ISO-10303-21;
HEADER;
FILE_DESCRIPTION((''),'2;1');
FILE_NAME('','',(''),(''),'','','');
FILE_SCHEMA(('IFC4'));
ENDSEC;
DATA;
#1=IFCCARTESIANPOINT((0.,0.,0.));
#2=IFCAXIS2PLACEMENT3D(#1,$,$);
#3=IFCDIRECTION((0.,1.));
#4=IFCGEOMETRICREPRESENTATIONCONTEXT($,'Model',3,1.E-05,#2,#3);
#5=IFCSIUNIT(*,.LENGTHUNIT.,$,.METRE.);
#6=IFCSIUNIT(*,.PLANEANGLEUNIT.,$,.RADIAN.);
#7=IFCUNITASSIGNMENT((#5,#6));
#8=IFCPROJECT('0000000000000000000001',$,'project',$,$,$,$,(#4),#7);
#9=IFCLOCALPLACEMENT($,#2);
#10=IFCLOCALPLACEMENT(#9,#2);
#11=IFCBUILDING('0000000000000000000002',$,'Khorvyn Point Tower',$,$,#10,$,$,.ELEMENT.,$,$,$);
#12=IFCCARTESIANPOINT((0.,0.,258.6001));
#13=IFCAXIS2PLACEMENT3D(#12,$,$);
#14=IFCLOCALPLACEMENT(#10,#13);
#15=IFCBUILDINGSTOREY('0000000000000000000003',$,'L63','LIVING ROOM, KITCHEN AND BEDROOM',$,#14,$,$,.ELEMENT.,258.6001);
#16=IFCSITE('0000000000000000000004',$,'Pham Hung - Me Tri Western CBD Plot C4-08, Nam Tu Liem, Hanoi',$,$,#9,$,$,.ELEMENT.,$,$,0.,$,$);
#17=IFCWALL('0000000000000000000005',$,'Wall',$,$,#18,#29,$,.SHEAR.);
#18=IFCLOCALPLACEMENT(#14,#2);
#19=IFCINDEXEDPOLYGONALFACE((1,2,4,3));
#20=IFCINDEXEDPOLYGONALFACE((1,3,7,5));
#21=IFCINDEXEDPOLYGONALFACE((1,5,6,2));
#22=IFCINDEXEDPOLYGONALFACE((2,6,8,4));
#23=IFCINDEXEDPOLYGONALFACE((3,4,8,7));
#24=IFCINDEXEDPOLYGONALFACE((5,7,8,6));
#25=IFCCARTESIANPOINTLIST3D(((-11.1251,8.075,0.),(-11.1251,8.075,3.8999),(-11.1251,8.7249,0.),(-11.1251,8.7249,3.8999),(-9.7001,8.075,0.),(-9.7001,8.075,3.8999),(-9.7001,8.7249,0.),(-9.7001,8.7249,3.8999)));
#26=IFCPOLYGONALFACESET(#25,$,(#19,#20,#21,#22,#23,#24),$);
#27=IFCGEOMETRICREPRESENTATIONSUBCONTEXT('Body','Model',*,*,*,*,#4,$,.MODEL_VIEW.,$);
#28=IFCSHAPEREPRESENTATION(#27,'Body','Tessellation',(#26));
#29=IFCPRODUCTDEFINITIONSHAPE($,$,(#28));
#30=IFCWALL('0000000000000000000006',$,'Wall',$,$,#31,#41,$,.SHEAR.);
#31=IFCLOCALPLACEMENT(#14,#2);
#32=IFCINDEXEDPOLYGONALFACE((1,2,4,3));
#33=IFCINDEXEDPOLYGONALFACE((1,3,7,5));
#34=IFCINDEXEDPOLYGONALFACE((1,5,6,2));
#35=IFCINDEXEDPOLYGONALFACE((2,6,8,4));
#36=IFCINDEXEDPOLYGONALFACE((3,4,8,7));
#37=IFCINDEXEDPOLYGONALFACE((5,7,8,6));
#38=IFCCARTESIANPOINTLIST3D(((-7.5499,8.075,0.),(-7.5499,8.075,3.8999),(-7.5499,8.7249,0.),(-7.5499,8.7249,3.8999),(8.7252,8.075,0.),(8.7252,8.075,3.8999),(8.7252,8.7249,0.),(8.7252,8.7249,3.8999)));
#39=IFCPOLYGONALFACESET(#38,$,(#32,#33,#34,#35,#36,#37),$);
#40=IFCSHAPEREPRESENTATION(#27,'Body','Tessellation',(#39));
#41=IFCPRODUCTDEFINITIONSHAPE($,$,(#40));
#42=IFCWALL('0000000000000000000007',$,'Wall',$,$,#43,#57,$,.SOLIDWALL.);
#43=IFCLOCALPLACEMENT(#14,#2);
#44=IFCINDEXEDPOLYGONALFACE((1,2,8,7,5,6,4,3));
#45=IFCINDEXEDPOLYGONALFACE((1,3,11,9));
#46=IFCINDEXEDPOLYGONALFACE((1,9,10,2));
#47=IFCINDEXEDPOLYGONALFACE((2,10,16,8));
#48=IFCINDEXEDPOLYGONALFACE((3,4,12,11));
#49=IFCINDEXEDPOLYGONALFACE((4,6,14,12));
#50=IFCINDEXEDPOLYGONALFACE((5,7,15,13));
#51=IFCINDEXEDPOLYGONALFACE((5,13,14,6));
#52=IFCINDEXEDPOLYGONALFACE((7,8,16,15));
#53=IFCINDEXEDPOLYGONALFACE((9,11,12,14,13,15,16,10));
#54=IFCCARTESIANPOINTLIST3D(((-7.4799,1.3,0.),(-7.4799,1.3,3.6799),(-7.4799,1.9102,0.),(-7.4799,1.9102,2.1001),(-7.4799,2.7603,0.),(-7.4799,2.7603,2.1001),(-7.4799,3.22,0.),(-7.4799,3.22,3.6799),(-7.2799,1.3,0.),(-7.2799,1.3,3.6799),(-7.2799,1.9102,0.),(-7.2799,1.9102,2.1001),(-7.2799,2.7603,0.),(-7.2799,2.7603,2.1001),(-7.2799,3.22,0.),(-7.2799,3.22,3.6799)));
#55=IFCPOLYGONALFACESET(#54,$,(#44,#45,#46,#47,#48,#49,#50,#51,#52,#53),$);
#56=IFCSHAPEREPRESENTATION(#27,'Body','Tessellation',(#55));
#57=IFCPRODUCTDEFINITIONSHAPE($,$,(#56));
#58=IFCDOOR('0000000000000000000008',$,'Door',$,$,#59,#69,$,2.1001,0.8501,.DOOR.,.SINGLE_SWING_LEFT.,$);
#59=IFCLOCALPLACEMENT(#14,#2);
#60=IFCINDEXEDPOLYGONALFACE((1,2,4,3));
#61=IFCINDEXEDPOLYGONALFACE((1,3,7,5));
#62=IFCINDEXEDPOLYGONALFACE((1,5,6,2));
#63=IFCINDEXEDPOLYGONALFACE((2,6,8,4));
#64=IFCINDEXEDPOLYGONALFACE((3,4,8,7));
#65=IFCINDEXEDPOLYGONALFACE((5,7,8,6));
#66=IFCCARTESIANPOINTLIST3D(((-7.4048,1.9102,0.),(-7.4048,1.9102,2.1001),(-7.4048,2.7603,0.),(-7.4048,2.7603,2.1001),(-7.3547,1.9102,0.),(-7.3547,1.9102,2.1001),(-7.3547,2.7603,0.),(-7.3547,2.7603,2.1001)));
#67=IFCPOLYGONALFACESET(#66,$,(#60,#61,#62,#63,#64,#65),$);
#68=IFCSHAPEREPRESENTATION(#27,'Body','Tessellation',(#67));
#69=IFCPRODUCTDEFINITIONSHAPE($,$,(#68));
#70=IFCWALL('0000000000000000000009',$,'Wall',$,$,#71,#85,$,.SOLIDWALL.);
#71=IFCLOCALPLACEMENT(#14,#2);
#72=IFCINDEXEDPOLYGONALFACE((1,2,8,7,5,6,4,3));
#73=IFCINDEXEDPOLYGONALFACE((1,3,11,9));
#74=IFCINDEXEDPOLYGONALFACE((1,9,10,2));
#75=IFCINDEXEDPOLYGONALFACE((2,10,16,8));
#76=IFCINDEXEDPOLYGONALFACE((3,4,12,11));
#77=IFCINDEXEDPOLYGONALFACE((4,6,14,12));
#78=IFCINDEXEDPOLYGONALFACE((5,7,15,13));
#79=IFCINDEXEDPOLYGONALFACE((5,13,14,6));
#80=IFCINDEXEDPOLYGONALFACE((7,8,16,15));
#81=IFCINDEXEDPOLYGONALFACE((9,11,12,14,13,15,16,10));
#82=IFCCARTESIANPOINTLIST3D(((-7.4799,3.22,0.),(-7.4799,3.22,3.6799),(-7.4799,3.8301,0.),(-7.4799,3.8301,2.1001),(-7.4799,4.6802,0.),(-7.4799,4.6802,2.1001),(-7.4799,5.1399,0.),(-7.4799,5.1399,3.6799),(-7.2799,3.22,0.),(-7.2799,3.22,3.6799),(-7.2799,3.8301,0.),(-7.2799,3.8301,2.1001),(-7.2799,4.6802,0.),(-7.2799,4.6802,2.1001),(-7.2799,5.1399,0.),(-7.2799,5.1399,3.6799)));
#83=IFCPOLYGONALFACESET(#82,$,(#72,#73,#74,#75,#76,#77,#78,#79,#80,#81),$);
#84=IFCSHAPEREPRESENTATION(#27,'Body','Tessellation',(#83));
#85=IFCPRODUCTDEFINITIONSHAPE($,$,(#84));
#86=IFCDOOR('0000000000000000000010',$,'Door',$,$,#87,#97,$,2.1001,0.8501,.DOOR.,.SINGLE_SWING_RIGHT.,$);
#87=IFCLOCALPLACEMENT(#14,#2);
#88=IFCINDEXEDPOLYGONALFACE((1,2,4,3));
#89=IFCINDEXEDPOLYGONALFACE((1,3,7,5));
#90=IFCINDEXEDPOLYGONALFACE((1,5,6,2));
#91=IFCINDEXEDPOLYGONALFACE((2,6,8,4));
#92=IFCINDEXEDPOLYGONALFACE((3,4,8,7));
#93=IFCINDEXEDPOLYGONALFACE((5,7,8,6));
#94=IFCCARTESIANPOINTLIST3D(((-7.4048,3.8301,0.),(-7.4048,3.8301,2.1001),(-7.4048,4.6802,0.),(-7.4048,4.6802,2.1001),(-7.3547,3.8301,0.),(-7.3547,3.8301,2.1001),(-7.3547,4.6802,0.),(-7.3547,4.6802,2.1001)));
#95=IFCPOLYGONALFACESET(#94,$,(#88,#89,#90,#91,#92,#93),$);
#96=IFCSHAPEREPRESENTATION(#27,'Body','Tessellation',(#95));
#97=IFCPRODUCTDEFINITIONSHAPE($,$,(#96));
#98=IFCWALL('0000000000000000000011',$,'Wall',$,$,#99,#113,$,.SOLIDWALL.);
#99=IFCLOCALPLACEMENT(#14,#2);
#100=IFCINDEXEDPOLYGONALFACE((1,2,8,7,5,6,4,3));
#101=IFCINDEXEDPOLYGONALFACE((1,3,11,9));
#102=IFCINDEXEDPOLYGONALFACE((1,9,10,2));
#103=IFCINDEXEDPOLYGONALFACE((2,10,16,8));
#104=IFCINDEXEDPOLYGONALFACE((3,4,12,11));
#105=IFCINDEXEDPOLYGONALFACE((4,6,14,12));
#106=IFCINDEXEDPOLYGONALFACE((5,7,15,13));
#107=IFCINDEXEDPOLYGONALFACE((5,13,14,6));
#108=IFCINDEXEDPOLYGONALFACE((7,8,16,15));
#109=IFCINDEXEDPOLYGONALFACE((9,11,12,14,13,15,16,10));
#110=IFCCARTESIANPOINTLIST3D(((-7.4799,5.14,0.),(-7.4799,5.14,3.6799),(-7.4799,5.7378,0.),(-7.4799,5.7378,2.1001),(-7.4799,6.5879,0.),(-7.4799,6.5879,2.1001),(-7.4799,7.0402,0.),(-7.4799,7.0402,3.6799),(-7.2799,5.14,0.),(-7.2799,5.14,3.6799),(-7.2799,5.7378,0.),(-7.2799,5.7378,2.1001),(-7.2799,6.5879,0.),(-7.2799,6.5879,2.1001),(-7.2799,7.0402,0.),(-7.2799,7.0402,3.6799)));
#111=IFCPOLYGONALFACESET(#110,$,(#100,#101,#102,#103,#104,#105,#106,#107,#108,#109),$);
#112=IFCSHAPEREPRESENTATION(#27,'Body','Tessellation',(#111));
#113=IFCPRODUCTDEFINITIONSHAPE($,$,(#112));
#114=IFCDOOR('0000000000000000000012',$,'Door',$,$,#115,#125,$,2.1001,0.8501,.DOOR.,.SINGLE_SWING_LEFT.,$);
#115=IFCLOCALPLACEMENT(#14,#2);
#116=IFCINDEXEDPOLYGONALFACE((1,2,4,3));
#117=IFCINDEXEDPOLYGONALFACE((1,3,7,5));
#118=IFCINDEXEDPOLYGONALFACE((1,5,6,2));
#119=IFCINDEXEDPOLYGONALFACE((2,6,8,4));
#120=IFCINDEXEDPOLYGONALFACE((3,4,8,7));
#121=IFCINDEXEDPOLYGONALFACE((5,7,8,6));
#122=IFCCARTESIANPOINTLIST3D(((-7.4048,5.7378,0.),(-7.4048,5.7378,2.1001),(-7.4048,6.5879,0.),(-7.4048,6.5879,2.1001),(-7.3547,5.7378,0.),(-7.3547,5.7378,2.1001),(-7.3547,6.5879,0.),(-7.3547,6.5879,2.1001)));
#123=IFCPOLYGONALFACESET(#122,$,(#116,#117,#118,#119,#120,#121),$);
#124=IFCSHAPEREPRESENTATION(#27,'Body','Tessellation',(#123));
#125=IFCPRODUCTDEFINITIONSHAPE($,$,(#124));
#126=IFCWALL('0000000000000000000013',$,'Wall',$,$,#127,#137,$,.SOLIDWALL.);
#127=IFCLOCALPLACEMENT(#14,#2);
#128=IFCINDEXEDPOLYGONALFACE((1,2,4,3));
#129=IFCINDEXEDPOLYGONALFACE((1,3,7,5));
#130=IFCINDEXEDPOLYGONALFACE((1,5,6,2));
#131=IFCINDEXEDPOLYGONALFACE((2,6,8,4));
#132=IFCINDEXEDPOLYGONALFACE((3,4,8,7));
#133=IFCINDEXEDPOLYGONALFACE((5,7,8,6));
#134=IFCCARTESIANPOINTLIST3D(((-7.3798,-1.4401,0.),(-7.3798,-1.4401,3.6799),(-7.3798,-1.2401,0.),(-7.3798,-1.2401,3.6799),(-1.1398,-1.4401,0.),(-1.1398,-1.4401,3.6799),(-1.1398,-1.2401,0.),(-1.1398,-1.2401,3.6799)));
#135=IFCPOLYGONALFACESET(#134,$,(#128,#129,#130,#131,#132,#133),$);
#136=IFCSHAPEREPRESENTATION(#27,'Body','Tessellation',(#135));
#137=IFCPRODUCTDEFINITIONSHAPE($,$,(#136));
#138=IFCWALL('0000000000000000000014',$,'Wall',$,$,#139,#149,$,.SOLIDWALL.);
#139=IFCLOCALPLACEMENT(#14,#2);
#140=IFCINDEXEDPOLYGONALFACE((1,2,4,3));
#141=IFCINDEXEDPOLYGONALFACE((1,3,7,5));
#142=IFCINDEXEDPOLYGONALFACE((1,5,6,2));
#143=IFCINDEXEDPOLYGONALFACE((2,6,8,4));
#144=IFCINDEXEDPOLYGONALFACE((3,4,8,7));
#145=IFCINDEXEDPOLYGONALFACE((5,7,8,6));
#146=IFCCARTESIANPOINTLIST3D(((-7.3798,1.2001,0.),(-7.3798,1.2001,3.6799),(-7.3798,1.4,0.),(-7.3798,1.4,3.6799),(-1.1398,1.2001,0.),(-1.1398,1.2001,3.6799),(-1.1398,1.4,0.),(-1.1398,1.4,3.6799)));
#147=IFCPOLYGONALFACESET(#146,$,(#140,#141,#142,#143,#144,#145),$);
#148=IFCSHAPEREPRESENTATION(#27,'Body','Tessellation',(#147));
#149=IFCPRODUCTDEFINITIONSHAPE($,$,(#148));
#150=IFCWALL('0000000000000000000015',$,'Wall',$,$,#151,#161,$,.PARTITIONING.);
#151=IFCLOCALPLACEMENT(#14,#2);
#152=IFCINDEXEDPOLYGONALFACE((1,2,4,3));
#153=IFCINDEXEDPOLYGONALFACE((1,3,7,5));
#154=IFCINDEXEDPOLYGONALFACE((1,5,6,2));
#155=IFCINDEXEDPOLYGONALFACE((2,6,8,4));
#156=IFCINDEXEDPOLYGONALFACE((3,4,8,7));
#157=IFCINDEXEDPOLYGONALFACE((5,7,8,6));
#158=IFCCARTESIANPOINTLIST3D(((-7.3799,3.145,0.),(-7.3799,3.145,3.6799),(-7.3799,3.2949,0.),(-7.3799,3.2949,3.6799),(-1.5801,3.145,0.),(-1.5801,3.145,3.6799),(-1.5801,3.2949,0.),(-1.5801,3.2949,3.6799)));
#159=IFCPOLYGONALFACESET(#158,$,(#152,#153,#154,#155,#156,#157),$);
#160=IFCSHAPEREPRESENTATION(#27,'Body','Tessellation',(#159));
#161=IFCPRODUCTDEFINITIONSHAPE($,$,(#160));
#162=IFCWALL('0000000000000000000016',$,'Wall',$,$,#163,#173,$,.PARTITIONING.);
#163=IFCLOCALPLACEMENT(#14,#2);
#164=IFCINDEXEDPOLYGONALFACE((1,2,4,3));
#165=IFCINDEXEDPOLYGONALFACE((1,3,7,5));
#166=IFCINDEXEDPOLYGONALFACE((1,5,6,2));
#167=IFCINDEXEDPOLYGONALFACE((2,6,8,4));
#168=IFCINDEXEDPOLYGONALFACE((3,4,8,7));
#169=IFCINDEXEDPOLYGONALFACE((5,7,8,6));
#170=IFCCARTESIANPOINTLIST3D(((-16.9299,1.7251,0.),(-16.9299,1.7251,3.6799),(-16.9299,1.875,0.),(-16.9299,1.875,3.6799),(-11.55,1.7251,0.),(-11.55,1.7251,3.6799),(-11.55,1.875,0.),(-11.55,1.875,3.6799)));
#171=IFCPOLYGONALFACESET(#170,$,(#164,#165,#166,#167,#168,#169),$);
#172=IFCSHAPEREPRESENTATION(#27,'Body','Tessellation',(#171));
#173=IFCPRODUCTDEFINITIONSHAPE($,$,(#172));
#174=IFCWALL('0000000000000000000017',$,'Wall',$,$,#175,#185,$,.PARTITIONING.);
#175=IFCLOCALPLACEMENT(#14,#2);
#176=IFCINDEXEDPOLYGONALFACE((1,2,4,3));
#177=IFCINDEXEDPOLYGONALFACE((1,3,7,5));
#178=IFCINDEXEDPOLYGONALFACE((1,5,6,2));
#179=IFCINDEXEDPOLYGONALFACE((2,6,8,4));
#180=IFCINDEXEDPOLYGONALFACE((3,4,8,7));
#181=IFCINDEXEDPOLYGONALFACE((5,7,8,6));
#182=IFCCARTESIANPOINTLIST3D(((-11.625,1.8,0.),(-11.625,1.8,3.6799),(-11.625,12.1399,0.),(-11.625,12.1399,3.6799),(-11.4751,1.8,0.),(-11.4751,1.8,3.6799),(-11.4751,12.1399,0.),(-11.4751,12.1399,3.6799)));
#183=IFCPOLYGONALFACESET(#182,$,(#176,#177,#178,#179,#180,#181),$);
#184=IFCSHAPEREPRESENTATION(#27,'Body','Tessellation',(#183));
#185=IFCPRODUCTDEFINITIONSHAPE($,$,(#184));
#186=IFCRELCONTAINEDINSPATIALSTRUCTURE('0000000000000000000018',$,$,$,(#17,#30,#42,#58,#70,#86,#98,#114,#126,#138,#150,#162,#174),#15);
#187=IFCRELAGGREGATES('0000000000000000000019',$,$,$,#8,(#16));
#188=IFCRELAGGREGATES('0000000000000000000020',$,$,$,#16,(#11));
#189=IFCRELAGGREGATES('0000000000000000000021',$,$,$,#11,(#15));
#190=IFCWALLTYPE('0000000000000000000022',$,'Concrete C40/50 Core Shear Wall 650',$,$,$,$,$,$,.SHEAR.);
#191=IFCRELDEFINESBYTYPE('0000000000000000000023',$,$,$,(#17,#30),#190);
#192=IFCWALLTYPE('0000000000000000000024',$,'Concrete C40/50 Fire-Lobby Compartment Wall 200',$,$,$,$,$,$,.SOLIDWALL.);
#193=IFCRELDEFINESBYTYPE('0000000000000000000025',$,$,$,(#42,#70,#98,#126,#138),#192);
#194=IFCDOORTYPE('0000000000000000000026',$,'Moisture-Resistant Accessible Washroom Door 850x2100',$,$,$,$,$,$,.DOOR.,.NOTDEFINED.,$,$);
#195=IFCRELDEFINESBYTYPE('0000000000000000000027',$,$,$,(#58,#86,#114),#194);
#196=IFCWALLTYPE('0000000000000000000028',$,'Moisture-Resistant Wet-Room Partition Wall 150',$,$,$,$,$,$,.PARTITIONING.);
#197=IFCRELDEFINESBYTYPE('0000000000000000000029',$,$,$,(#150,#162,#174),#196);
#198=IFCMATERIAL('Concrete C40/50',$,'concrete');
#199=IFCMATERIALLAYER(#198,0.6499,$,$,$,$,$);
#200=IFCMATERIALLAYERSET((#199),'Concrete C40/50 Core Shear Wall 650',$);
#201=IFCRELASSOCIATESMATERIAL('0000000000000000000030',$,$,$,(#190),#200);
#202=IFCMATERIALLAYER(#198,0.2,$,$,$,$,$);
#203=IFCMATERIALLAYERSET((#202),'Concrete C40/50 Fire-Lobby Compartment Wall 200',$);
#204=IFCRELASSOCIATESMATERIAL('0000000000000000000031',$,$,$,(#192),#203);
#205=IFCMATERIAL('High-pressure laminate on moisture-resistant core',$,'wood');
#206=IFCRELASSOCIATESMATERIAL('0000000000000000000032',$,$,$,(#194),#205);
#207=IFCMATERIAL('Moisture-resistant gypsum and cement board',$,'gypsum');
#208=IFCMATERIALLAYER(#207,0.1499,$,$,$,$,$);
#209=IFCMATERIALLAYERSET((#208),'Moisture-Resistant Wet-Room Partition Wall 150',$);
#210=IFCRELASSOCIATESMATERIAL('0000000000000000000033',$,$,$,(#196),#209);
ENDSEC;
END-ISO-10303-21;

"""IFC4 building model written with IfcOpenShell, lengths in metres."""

from ifc_helpers import new_model, si_unit, direction, frame, frame_2d, origin, place, context, subcontext, project, spatial, rectangle, extrude, material, layer, layer_set, type_object, element, fill, save


model = new_model("IFC4")

# Units and contexts
model_context = context("Model", 3, precision=1e-05, world=origin(), true_north=direction((0.0, 1.0)))
body_context = subcontext(model_context, "Body", "Model", "MODEL_VIEW")
ifc_project = project(units=[si_unit("LENGTHUNIT", "METRE"), si_unit("PLANEANGLEUNIT", "RADIAN")], contexts=[model_context])

# Site, building, storey
site_placement = place(None, origin())
site = spatial("IfcSite", under=ifc_project, at=site_placement, Name="Pham Hung - Me Tri Western CBD Plot C4-08, Nam Tu Liem, Hanoi", CompositionType="ELEMENT", RefElevation=0.0)
building_placement = place(site_placement, origin())
building = spatial("IfcBuilding", under=site, at=building_placement, Name="Khorvyn Point Tower", CompositionType="ELEMENT")
storey_placement = place(building_placement, frame((0.0, 0.0, 258.6001)))
storey = spatial("IfcBuildingStorey", under=building, at=storey_placement, Name="L63", Description="LIVING ROOM, KITCHEN AND BEDROOM", CompositionType="ELEMENT", Elevation=258.6001)

# Shared definitions
ifc_material_1 = material(Name="Concrete C40/50", Category="concrete")

# Walls
ifc_layer_1 = layer(ifc_material_1, 0.6499)
ifc_layer_set_1 = layer_set([ifc_layer_1], Name="Concrete C40/50 Core Shear Wall 650")
wall_type_1 = type_object("IfcWallType", Name="Concrete C40/50 Core Shear Wall 650", PredefinedType="SHEAR", material=ifc_layer_set_1)
wall_1_placement = place(storey_placement, frame((-11.125, 8.3999, 0.0), z_axis=(0.0, 0.0, 1.0), x_axis=(1.0, 0.0, 0.0)))
element("IfcWall", 1, at=wall_1_placement, inside=storey, type_object=wall_type_1, Name="Wall", PredefinedType="SHEAR", context=body_context, shape_type="SweptSolid", body=[
    extrude(rectangle(XDim=1.425, YDim=0.6499, at=frame_2d((0.7124, 0.0))), origin(), (0.0, 0.0, 1.0), 3.8999),
])
wall_2_placement = place(storey_placement, frame((-7.55, 8.3999, 0.0), z_axis=(0.0, 0.0, 1.0), x_axis=(1.0, 0.0, 0.0)))
element("IfcWall", 2, at=wall_2_placement, inside=storey, type_object=wall_type_1, Name="Wall", PredefinedType="SHEAR", context=body_context, shape_type="SweptSolid", body=[
    extrude(rectangle(XDim=16.2751, YDim=0.6499, at=frame_2d((8.1377, 0.0))), origin(), (0.0, 0.0, 1.0), 3.8999),
])

# Walls, openings, doors
ifc_layer_2 = layer(ifc_material_1, 0.2)
ifc_layer_set_2 = layer_set([ifc_layer_2], Name="Concrete C40/50 Fire-Lobby Compartment Wall 200")
wall_type_2 = type_object("IfcWallType", Name="Concrete C40/50 Fire-Lobby Compartment Wall 200", PredefinedType="SOLIDWALL", material=ifc_layer_set_2)
wall_3_placement = place(storey_placement, frame((-7.3799, 1.3, 0.0), z_axis=(0.0, 0.0, 1.0), x_axis=(0.0, 1.0, 0.0)))
wall_3 = element("IfcWall", 3, at=wall_3_placement, inside=storey, type_object=wall_type_2, Name="Wall", PredefinedType="SOLIDWALL", context=body_context, shape_type="SweptSolid", body=[
    extrude(rectangle(XDim=1.9199, YDim=0.2, at=frame_2d((0.96, 0.0))), origin(), (0.0, 0.0, 1.0), 3.6799),
])
opening_1_placement = place(wall_3_placement, frame((0.6101, 0.0, 0.0)))
opening_1 = element("IfcOpeningElement", 4, at=opening_1_placement, cuts=wall_3, PredefinedType="OPENING", context=body_context, shape_type="SweptSolid", body=[
    extrude(rectangle(XDim=0.8501, YDim=2.1001, at=frame_2d((0.425, 1.05))), frame((0.0, 0.1099, 0.0), z_axis=(0.0, -1.0, 0.0), x_axis=(1.0, 0.0, 0.0)), (0.0, 0.0, 1.0), 0.22),
])
ifc_material_2 = material(Name="High-pressure laminate on moisture-resistant core", Category="wood")
door_type_1 = type_object("IfcDoorType", Name="Moisture-Resistant Accessible Washroom Door 850x2100", OperationType="NOTDEFINED", PredefinedType="DOOR", material=ifc_material_2)
door_1_placement = place(opening_1_placement, origin())
door_1 = element("IfcDoor", 5, at=door_1_placement, inside=storey, type_object=door_type_1, Name="Door", OperationType="SINGLE_SWING_LEFT", OverallHeight=2.1001, OverallWidth=0.8501, PredefinedType="DOOR", context=body_context, shape_type="SweptSolid", body=[
    extrude(rectangle(XDim=0.8501, YDim=2.1001, at=frame_2d((0.425, 1.05))), frame((0.0, 0.0249, 0.0), z_axis=(0.0, -1.0, 0.0), x_axis=(1.0, 0.0, 0.0)), (0.0, 0.0, 1.0), 0.05),
])
fill(opening_1, door_1)
wall_4_placement = place(storey_placement, frame((-7.3799, 3.22, 0.0), z_axis=(0.0, 0.0, 1.0), x_axis=(0.0, 1.0, 0.0)))
wall_4 = element("IfcWall", 6, at=wall_4_placement, inside=storey, type_object=wall_type_2, Name="Wall", PredefinedType="SOLIDWALL", context=body_context, shape_type="SweptSolid", body=[
    extrude(rectangle(XDim=1.9199, YDim=0.2, at=frame_2d((0.96, 0.0))), origin(), (0.0, 0.0, 1.0), 3.6799),
])
opening_2_placement = place(wall_4_placement, frame((0.6101, 0.0, 0.0)))
opening_2 = element("IfcOpeningElement", 7, at=opening_2_placement, cuts=wall_4, PredefinedType="OPENING", context=body_context, shape_type="SweptSolid", body=[
    extrude(rectangle(XDim=0.8501, YDim=2.1001, at=frame_2d((0.425, 1.05))), frame((0.0, 0.1099, 0.0), z_axis=(0.0, -1.0, 0.0), x_axis=(1.0, 0.0, 0.0)), (0.0, 0.0, 1.0), 0.22),
])
door_2_placement = place(opening_2_placement, origin())
door_2 = element("IfcDoor", 8, at=door_2_placement, inside=storey, type_object=door_type_1, Name="Door", OperationType="SINGLE_SWING_RIGHT", OverallHeight=2.1001, OverallWidth=0.8501, PredefinedType="DOOR", context=body_context, shape_type="SweptSolid", body=[
    extrude(rectangle(XDim=0.8501, YDim=2.1001, at=frame_2d((0.425, 1.05))), frame((0.0, 0.0249, 0.0), z_axis=(0.0, -1.0, 0.0), x_axis=(1.0, 0.0, 0.0)), (0.0, 0.0, 1.0), 0.05),
])
fill(opening_2, door_2)
wall_5_placement = place(storey_placement, frame((-7.3799, 5.1399, 0.0), z_axis=(0.0, 0.0, 1.0), x_axis=(0.0, 1.0, 0.0)))
wall_5 = element("IfcWall", 9, at=wall_5_placement, inside=storey, type_object=wall_type_2, Name="Wall", PredefinedType="SOLIDWALL", context=body_context, shape_type="SweptSolid", body=[
    extrude(rectangle(XDim=1.9001, YDim=0.2, at=frame_2d((0.9502, 0.0))), origin(), (0.0, 0.0, 1.0), 3.6799),
])
opening_3_placement = place(wall_5_placement, frame((0.5979, 0.0, 0.0)))
opening_3 = element("IfcOpeningElement", 10, at=opening_3_placement, cuts=wall_5, PredefinedType="OPENING", context=body_context, shape_type="SweptSolid", body=[
    extrude(rectangle(XDim=0.8501, YDim=2.1001, at=frame_2d((0.425, 1.05))), frame((0.0, 0.1099, 0.0), z_axis=(0.0, -1.0, 0.0), x_axis=(1.0, 0.0, 0.0)), (0.0, 0.0, 1.0), 0.22),
])
door_3_placement = place(opening_3_placement, origin())
door_3 = element("IfcDoor", 11, at=door_3_placement, inside=storey, type_object=door_type_1, Name="Door", OperationType="SINGLE_SWING_LEFT", OverallHeight=2.1001, OverallWidth=0.8501, PredefinedType="DOOR", context=body_context, shape_type="SweptSolid", body=[
    extrude(rectangle(XDim=0.8501, YDim=2.1001, at=frame_2d((0.425, 1.05))), frame((0.0, 0.0249, 0.0), z_axis=(0.0, -1.0, 0.0), x_axis=(1.0, 0.0, 0.0)), (0.0, 0.0, 1.0), 0.05),
])
fill(opening_3, door_3)

# Walls
for number, where, z_axis, x_axis, name in (
    (12, (-7.3799, -1.3401, 0.0), (0.0, 0.0, 1.0), (1.0, 0.0, 0.0), "Wall"),
    (13, (-7.3799, 1.3, 0.0), (0.0, 0.0, 1.0), (1.0, 0.0, 0.0), "Wall"),
):
    element("IfcWall", number, at=place(storey_placement, frame(where, z_axis=z_axis, x_axis=x_axis)), inside=storey, type_object=wall_type_2, Name=name, PredefinedType="SOLIDWALL", context=body_context, shape_type="SweptSolid", body=[
        extrude(rectangle(XDim=6.24, YDim=0.2, at=frame_2d((3.1201, 0.0))), origin(), (0.0, 0.0, 1.0), 3.6799),
    ])
ifc_material_3 = material(Name="Moisture-resistant gypsum and cement board", Category="gypsum")
ifc_layer_3 = layer(ifc_material_3, 0.1499)
ifc_layer_set_3 = layer_set([ifc_layer_3], Name="Moisture-Resistant Wet-Room Partition Wall 150")
wall_type_3 = type_object("IfcWallType", Name="Moisture-Resistant Wet-Room Partition Wall 150", PredefinedType="PARTITIONING", material=ifc_layer_set_3)
wall_6_placement = place(storey_placement, frame((-7.3799, 3.22, 0.0), z_axis=(0.0, 0.0, 1.0), x_axis=(1.0, 0.0, 0.0)))
element("IfcWall", 14, at=wall_6_placement, inside=storey, type_object=wall_type_3, Name="Wall", PredefinedType="PARTITIONING", context=body_context, shape_type="SweptSolid", body=[
    extrude(rectangle(XDim=5.7998, YDim=0.1499, at=frame_2d((2.8999, 0.0))), origin(), (0.0, 0.0, 1.0), 3.6799),
])
wall_7_placement = place(storey_placement, frame((-16.9299, 1.8, 0.0), z_axis=(0.0, 0.0, 1.0), x_axis=(1.0, 0.0, 0.0)))
element("IfcWall", 15, at=wall_7_placement, inside=storey, type_object=wall_type_3, Name="Wall", PredefinedType="PARTITIONING", context=body_context, shape_type="SweptSolid", body=[
    extrude(rectangle(XDim=5.3799, YDim=0.1499, at=frame_2d((2.6899, 0.0))), origin(), (0.0, 0.0, 1.0), 3.6799),
])
wall_8_placement = place(storey_placement, frame((-11.55, 1.8, 0.0), z_axis=(0.0, 0.0, 1.0), x_axis=(0.0, 1.0, 0.0)))
element("IfcWall", 16, at=wall_8_placement, inside=storey, type_object=wall_type_3, Name="Wall", PredefinedType="PARTITIONING", context=body_context, shape_type="SweptSolid", body=[
    extrude(rectangle(XDim=10.3398, YDim=0.1499, at=frame_2d((5.1699, 0.0))), origin(), (0.0, 0.0, 1.0), 3.6799),
])

save(model, "model.ifc")
